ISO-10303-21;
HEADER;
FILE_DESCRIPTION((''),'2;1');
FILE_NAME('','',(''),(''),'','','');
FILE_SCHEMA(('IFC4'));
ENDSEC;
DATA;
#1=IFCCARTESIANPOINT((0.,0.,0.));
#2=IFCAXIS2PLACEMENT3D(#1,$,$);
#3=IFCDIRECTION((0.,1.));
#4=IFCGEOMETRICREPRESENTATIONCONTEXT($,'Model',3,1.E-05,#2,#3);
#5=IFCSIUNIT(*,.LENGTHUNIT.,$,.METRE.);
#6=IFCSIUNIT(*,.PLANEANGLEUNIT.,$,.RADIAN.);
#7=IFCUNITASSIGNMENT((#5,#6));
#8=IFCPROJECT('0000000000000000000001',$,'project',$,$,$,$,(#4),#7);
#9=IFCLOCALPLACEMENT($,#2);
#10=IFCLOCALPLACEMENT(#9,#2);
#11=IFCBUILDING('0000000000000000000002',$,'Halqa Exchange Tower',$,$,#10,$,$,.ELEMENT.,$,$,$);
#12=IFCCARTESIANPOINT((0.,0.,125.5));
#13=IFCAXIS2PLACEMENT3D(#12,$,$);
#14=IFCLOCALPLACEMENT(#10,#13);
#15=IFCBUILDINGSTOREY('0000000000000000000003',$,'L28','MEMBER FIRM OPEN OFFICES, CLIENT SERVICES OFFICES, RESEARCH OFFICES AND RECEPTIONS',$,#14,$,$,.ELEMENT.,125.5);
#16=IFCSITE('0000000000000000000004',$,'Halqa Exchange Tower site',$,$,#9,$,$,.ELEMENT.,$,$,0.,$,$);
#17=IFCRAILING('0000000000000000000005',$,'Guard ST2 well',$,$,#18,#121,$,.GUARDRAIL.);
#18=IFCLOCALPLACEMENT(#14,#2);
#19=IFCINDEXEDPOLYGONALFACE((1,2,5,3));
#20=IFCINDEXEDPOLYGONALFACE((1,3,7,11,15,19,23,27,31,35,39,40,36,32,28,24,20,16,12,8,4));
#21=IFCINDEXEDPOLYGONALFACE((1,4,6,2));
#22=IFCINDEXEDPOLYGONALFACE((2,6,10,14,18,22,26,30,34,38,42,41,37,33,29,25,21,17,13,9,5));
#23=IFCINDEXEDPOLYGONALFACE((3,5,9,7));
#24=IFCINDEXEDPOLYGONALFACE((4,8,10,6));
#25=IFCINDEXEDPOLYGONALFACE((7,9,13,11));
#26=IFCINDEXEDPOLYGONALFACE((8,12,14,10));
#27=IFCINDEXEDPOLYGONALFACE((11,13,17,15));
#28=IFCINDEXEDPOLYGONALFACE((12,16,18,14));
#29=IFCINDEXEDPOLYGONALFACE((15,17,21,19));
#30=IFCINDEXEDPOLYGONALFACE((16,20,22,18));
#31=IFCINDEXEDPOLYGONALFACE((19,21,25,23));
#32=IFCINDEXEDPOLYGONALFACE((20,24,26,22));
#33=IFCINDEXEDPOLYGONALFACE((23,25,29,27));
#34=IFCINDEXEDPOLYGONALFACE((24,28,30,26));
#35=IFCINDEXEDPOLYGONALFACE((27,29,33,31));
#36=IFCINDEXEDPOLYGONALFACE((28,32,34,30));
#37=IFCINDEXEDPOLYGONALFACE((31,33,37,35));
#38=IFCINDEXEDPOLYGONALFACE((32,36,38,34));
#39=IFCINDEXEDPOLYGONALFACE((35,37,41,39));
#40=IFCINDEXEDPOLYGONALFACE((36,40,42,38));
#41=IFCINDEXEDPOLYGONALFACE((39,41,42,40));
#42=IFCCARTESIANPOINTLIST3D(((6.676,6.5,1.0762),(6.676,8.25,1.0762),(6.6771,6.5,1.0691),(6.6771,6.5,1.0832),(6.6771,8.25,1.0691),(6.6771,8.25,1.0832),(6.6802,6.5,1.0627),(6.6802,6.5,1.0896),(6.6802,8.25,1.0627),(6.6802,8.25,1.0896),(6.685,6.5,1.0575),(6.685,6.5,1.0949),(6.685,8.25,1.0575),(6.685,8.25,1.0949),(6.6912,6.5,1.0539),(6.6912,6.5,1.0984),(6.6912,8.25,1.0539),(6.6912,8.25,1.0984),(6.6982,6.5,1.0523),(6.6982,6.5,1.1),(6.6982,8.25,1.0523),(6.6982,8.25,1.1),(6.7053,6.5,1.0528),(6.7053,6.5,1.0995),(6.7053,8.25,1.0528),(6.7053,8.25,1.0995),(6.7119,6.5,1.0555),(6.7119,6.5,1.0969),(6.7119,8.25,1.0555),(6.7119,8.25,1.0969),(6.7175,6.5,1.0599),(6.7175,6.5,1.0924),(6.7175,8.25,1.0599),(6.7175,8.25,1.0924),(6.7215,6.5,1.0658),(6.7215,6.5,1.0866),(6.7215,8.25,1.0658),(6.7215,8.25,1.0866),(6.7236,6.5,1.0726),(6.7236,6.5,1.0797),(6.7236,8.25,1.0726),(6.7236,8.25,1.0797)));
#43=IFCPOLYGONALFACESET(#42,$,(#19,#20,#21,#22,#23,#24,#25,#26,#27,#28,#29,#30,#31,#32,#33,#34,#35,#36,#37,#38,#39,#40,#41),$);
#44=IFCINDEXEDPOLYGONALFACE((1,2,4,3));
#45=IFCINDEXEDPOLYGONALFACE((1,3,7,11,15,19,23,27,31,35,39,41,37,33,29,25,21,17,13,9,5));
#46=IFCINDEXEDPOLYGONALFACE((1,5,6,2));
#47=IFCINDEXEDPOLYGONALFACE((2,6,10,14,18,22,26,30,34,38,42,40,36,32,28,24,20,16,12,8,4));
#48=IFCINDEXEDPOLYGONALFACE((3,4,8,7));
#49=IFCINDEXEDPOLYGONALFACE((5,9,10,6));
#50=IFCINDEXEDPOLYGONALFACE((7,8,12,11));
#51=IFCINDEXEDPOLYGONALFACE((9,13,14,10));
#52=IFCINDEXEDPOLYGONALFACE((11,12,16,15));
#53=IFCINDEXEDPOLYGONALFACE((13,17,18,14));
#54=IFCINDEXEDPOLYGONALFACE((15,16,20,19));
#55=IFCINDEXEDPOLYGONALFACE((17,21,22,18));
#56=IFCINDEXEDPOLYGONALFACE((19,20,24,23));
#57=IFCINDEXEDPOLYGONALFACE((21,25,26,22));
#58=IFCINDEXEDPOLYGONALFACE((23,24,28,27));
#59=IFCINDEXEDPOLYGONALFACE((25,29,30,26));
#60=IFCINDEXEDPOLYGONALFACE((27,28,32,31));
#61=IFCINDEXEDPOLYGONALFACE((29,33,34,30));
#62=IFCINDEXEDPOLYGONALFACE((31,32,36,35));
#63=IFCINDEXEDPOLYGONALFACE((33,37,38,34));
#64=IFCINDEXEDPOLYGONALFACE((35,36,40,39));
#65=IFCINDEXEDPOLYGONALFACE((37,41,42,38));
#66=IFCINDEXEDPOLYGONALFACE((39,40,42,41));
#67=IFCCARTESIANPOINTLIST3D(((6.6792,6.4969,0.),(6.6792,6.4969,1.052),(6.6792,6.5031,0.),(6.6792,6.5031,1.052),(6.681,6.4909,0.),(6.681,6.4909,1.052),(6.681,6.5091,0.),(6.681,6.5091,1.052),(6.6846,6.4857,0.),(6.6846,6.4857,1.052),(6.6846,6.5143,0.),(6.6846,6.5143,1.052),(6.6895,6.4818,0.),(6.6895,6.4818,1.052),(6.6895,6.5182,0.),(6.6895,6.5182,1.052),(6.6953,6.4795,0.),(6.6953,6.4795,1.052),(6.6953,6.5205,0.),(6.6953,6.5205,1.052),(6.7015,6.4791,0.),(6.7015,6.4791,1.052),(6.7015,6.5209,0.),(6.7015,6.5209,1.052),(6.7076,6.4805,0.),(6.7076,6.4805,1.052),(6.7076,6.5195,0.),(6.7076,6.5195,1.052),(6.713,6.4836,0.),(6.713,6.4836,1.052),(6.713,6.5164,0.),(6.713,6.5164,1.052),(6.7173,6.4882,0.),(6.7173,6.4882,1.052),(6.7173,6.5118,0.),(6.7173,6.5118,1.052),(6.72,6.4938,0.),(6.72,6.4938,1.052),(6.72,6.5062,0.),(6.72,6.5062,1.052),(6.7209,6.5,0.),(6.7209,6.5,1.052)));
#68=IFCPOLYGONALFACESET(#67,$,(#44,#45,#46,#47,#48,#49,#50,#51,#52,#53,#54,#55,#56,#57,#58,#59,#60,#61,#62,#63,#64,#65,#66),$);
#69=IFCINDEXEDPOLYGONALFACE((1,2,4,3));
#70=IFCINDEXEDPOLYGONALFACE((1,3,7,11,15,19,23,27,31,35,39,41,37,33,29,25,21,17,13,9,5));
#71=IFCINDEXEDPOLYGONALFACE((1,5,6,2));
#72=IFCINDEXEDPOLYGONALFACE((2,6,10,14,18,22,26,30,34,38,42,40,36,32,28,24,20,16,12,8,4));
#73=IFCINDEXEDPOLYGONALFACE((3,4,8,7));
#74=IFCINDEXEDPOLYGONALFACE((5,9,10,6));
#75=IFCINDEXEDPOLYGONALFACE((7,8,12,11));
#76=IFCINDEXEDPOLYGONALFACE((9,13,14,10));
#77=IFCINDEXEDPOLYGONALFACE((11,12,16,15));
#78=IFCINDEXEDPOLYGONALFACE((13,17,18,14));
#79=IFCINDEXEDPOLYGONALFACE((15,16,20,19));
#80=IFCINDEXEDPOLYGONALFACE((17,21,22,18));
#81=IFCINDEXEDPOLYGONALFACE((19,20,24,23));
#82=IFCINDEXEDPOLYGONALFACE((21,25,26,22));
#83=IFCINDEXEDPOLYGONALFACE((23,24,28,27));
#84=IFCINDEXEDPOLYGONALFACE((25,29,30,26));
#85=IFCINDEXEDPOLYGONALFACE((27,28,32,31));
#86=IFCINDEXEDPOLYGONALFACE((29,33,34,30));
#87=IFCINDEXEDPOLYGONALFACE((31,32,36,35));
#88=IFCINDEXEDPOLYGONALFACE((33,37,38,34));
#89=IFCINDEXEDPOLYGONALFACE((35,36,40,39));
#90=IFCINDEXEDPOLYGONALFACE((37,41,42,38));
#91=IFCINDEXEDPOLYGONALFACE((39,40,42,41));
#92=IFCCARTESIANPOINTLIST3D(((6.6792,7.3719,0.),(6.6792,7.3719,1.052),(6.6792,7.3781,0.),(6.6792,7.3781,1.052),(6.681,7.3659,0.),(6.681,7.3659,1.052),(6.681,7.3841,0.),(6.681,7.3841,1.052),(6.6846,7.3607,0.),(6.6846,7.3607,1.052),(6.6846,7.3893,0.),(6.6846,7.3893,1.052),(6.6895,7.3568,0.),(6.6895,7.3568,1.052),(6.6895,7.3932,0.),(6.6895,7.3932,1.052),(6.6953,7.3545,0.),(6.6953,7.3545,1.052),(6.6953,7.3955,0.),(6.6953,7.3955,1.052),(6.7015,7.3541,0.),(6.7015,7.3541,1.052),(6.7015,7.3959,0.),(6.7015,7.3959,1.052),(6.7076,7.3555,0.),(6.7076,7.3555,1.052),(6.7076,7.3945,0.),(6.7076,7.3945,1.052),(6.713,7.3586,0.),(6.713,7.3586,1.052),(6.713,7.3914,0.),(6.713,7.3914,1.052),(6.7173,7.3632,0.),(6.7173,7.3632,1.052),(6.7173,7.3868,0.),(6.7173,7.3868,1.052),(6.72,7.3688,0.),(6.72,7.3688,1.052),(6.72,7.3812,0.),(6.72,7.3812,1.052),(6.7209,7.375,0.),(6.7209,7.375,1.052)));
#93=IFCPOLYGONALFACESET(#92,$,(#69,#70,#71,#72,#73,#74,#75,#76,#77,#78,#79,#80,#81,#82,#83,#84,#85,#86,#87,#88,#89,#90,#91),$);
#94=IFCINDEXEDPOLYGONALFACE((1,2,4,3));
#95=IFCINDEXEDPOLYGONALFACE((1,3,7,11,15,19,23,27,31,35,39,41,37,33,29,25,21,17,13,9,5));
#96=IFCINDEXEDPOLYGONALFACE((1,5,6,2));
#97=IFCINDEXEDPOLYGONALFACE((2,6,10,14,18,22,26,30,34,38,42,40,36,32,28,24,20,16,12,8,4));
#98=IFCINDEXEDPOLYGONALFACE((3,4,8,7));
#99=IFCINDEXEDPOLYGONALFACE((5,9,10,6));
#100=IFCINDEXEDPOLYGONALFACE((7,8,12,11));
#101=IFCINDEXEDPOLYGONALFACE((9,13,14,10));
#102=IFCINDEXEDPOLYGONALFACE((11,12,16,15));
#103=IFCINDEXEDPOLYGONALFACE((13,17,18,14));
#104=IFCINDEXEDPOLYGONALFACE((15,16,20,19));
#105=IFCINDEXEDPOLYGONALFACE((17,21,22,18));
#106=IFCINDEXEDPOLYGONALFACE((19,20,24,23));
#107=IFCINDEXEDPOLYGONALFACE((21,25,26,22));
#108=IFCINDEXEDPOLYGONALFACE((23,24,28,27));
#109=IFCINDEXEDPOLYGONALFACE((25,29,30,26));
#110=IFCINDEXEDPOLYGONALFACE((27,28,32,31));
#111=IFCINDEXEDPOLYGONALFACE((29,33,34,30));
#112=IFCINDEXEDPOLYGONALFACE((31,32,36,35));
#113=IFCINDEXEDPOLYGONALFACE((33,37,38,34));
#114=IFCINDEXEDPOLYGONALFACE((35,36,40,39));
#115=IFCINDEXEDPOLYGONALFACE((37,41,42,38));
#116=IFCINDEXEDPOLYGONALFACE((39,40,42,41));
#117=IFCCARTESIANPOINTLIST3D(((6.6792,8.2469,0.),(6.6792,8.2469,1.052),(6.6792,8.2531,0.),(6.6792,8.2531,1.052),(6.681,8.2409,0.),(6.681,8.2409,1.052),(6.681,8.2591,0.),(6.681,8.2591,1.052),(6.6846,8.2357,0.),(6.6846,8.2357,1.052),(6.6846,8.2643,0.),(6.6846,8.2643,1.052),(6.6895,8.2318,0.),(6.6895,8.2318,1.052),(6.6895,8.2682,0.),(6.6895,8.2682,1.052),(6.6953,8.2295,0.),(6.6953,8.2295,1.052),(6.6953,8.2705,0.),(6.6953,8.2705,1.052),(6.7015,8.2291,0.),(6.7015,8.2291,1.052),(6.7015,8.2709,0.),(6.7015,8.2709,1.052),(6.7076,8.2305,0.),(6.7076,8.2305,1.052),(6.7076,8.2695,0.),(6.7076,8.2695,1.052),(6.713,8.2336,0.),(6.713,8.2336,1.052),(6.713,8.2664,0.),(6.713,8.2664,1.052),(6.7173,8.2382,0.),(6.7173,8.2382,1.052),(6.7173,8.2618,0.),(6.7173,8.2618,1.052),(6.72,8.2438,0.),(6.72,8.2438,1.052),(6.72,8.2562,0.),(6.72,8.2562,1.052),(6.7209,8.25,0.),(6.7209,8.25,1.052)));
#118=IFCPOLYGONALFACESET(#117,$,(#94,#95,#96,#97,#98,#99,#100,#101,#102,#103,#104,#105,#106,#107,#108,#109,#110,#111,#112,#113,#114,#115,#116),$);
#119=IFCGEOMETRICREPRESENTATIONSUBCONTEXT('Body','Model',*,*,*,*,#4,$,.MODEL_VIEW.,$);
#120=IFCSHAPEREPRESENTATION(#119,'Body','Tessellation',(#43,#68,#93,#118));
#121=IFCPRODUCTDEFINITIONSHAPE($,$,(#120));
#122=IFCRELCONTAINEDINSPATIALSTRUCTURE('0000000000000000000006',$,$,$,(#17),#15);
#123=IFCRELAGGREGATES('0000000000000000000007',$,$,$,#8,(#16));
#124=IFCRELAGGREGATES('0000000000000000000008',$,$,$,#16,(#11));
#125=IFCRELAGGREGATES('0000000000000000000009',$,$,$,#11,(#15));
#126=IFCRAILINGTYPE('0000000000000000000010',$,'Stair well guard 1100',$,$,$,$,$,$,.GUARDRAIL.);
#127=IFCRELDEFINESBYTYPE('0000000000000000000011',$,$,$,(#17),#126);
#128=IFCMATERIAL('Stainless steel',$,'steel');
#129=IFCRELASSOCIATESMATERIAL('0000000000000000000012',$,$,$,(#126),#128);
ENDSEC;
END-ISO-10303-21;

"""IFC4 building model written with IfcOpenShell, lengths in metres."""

from ifc_helpers import new_model, si_unit, direction, frame, origin, origin_2d, place, context, subcontext, project, spatial, circle, extrude, material, type_object, element, save


model = new_model("IFC4")

# Units and contexts
model_context = context("Model", 3, precision=1e-05, world=origin(), true_north=direction((0.0, 1.0)))
body_context = subcontext(model_context, "Body", "Model", "MODEL_VIEW")
ifc_project = project(units=[si_unit("LENGTHUNIT", "METRE"), si_unit("PLANEANGLEUNIT", "RADIAN")], contexts=[model_context])

# Site, building, storey
site_placement = place(None, origin())
site = spatial("IfcSite", under=ifc_project, at=site_placement, Name="Halqa Exchange Tower site", CompositionType="ELEMENT", RefElevation=0.0)
building_placement = place(site_placement, origin())
building = spatial("IfcBuilding", under=site, at=building_placement, Name="Halqa Exchange Tower", CompositionType="ELEMENT")
storey_placement = place(building_placement, frame((0.0, 0.0, 125.5)))
storey = spatial("IfcBuildingStorey", under=building, at=storey_placement, Name="L28", Description="MEMBER FIRM OPEN OFFICES, CLIENT SERVICES OFFICES, RESEARCH OFFICES AND RECEPTIONS", CompositionType="ELEMENT", Elevation=125.5)

# Railing
ifc_material_1 = material(Name="Stainless steel", Category="steel")
railing_type_1 = type_object("IfcRailingType", Name="Stair well guard 1100", PredefinedType="GUARDRAIL", material=ifc_material_1)
railing_1_placement = place(storey_placement, frame((6.7, 6.5, 0.0)))
element("IfcRailing", 1, at=railing_1_placement, inside=storey, type_object=railing_type_1, Name="Guard ST2 well", PredefinedType="GUARDRAIL", context=body_context, shape_type="SweptSolid", body=[
    extrude(circle(Radius=0.0239, at=origin_2d()), frame((0.0, 0.0, 1.0762), z_axis=(0.0, 1.0, 0.0), x_axis=(-1.0, 0.0, 0.0)), (0.0, 0.0, 1.0), 1.75),
    extrude(circle(Radius=0.021, at=origin_2d()), origin(), (0.0, 0.0, 1.0), 1.052),
    extrude(circle(Radius=0.021, at=origin_2d()), frame((0.0, 0.875, 0.0)), (0.0, 0.0, 1.0), 1.052),
    extrude(circle(Radius=0.021, at=origin_2d()), frame((0.0, 1.75, 0.0)), (0.0, 0.0, 1.0), 1.052),
])

save(model, "model.ifc")
